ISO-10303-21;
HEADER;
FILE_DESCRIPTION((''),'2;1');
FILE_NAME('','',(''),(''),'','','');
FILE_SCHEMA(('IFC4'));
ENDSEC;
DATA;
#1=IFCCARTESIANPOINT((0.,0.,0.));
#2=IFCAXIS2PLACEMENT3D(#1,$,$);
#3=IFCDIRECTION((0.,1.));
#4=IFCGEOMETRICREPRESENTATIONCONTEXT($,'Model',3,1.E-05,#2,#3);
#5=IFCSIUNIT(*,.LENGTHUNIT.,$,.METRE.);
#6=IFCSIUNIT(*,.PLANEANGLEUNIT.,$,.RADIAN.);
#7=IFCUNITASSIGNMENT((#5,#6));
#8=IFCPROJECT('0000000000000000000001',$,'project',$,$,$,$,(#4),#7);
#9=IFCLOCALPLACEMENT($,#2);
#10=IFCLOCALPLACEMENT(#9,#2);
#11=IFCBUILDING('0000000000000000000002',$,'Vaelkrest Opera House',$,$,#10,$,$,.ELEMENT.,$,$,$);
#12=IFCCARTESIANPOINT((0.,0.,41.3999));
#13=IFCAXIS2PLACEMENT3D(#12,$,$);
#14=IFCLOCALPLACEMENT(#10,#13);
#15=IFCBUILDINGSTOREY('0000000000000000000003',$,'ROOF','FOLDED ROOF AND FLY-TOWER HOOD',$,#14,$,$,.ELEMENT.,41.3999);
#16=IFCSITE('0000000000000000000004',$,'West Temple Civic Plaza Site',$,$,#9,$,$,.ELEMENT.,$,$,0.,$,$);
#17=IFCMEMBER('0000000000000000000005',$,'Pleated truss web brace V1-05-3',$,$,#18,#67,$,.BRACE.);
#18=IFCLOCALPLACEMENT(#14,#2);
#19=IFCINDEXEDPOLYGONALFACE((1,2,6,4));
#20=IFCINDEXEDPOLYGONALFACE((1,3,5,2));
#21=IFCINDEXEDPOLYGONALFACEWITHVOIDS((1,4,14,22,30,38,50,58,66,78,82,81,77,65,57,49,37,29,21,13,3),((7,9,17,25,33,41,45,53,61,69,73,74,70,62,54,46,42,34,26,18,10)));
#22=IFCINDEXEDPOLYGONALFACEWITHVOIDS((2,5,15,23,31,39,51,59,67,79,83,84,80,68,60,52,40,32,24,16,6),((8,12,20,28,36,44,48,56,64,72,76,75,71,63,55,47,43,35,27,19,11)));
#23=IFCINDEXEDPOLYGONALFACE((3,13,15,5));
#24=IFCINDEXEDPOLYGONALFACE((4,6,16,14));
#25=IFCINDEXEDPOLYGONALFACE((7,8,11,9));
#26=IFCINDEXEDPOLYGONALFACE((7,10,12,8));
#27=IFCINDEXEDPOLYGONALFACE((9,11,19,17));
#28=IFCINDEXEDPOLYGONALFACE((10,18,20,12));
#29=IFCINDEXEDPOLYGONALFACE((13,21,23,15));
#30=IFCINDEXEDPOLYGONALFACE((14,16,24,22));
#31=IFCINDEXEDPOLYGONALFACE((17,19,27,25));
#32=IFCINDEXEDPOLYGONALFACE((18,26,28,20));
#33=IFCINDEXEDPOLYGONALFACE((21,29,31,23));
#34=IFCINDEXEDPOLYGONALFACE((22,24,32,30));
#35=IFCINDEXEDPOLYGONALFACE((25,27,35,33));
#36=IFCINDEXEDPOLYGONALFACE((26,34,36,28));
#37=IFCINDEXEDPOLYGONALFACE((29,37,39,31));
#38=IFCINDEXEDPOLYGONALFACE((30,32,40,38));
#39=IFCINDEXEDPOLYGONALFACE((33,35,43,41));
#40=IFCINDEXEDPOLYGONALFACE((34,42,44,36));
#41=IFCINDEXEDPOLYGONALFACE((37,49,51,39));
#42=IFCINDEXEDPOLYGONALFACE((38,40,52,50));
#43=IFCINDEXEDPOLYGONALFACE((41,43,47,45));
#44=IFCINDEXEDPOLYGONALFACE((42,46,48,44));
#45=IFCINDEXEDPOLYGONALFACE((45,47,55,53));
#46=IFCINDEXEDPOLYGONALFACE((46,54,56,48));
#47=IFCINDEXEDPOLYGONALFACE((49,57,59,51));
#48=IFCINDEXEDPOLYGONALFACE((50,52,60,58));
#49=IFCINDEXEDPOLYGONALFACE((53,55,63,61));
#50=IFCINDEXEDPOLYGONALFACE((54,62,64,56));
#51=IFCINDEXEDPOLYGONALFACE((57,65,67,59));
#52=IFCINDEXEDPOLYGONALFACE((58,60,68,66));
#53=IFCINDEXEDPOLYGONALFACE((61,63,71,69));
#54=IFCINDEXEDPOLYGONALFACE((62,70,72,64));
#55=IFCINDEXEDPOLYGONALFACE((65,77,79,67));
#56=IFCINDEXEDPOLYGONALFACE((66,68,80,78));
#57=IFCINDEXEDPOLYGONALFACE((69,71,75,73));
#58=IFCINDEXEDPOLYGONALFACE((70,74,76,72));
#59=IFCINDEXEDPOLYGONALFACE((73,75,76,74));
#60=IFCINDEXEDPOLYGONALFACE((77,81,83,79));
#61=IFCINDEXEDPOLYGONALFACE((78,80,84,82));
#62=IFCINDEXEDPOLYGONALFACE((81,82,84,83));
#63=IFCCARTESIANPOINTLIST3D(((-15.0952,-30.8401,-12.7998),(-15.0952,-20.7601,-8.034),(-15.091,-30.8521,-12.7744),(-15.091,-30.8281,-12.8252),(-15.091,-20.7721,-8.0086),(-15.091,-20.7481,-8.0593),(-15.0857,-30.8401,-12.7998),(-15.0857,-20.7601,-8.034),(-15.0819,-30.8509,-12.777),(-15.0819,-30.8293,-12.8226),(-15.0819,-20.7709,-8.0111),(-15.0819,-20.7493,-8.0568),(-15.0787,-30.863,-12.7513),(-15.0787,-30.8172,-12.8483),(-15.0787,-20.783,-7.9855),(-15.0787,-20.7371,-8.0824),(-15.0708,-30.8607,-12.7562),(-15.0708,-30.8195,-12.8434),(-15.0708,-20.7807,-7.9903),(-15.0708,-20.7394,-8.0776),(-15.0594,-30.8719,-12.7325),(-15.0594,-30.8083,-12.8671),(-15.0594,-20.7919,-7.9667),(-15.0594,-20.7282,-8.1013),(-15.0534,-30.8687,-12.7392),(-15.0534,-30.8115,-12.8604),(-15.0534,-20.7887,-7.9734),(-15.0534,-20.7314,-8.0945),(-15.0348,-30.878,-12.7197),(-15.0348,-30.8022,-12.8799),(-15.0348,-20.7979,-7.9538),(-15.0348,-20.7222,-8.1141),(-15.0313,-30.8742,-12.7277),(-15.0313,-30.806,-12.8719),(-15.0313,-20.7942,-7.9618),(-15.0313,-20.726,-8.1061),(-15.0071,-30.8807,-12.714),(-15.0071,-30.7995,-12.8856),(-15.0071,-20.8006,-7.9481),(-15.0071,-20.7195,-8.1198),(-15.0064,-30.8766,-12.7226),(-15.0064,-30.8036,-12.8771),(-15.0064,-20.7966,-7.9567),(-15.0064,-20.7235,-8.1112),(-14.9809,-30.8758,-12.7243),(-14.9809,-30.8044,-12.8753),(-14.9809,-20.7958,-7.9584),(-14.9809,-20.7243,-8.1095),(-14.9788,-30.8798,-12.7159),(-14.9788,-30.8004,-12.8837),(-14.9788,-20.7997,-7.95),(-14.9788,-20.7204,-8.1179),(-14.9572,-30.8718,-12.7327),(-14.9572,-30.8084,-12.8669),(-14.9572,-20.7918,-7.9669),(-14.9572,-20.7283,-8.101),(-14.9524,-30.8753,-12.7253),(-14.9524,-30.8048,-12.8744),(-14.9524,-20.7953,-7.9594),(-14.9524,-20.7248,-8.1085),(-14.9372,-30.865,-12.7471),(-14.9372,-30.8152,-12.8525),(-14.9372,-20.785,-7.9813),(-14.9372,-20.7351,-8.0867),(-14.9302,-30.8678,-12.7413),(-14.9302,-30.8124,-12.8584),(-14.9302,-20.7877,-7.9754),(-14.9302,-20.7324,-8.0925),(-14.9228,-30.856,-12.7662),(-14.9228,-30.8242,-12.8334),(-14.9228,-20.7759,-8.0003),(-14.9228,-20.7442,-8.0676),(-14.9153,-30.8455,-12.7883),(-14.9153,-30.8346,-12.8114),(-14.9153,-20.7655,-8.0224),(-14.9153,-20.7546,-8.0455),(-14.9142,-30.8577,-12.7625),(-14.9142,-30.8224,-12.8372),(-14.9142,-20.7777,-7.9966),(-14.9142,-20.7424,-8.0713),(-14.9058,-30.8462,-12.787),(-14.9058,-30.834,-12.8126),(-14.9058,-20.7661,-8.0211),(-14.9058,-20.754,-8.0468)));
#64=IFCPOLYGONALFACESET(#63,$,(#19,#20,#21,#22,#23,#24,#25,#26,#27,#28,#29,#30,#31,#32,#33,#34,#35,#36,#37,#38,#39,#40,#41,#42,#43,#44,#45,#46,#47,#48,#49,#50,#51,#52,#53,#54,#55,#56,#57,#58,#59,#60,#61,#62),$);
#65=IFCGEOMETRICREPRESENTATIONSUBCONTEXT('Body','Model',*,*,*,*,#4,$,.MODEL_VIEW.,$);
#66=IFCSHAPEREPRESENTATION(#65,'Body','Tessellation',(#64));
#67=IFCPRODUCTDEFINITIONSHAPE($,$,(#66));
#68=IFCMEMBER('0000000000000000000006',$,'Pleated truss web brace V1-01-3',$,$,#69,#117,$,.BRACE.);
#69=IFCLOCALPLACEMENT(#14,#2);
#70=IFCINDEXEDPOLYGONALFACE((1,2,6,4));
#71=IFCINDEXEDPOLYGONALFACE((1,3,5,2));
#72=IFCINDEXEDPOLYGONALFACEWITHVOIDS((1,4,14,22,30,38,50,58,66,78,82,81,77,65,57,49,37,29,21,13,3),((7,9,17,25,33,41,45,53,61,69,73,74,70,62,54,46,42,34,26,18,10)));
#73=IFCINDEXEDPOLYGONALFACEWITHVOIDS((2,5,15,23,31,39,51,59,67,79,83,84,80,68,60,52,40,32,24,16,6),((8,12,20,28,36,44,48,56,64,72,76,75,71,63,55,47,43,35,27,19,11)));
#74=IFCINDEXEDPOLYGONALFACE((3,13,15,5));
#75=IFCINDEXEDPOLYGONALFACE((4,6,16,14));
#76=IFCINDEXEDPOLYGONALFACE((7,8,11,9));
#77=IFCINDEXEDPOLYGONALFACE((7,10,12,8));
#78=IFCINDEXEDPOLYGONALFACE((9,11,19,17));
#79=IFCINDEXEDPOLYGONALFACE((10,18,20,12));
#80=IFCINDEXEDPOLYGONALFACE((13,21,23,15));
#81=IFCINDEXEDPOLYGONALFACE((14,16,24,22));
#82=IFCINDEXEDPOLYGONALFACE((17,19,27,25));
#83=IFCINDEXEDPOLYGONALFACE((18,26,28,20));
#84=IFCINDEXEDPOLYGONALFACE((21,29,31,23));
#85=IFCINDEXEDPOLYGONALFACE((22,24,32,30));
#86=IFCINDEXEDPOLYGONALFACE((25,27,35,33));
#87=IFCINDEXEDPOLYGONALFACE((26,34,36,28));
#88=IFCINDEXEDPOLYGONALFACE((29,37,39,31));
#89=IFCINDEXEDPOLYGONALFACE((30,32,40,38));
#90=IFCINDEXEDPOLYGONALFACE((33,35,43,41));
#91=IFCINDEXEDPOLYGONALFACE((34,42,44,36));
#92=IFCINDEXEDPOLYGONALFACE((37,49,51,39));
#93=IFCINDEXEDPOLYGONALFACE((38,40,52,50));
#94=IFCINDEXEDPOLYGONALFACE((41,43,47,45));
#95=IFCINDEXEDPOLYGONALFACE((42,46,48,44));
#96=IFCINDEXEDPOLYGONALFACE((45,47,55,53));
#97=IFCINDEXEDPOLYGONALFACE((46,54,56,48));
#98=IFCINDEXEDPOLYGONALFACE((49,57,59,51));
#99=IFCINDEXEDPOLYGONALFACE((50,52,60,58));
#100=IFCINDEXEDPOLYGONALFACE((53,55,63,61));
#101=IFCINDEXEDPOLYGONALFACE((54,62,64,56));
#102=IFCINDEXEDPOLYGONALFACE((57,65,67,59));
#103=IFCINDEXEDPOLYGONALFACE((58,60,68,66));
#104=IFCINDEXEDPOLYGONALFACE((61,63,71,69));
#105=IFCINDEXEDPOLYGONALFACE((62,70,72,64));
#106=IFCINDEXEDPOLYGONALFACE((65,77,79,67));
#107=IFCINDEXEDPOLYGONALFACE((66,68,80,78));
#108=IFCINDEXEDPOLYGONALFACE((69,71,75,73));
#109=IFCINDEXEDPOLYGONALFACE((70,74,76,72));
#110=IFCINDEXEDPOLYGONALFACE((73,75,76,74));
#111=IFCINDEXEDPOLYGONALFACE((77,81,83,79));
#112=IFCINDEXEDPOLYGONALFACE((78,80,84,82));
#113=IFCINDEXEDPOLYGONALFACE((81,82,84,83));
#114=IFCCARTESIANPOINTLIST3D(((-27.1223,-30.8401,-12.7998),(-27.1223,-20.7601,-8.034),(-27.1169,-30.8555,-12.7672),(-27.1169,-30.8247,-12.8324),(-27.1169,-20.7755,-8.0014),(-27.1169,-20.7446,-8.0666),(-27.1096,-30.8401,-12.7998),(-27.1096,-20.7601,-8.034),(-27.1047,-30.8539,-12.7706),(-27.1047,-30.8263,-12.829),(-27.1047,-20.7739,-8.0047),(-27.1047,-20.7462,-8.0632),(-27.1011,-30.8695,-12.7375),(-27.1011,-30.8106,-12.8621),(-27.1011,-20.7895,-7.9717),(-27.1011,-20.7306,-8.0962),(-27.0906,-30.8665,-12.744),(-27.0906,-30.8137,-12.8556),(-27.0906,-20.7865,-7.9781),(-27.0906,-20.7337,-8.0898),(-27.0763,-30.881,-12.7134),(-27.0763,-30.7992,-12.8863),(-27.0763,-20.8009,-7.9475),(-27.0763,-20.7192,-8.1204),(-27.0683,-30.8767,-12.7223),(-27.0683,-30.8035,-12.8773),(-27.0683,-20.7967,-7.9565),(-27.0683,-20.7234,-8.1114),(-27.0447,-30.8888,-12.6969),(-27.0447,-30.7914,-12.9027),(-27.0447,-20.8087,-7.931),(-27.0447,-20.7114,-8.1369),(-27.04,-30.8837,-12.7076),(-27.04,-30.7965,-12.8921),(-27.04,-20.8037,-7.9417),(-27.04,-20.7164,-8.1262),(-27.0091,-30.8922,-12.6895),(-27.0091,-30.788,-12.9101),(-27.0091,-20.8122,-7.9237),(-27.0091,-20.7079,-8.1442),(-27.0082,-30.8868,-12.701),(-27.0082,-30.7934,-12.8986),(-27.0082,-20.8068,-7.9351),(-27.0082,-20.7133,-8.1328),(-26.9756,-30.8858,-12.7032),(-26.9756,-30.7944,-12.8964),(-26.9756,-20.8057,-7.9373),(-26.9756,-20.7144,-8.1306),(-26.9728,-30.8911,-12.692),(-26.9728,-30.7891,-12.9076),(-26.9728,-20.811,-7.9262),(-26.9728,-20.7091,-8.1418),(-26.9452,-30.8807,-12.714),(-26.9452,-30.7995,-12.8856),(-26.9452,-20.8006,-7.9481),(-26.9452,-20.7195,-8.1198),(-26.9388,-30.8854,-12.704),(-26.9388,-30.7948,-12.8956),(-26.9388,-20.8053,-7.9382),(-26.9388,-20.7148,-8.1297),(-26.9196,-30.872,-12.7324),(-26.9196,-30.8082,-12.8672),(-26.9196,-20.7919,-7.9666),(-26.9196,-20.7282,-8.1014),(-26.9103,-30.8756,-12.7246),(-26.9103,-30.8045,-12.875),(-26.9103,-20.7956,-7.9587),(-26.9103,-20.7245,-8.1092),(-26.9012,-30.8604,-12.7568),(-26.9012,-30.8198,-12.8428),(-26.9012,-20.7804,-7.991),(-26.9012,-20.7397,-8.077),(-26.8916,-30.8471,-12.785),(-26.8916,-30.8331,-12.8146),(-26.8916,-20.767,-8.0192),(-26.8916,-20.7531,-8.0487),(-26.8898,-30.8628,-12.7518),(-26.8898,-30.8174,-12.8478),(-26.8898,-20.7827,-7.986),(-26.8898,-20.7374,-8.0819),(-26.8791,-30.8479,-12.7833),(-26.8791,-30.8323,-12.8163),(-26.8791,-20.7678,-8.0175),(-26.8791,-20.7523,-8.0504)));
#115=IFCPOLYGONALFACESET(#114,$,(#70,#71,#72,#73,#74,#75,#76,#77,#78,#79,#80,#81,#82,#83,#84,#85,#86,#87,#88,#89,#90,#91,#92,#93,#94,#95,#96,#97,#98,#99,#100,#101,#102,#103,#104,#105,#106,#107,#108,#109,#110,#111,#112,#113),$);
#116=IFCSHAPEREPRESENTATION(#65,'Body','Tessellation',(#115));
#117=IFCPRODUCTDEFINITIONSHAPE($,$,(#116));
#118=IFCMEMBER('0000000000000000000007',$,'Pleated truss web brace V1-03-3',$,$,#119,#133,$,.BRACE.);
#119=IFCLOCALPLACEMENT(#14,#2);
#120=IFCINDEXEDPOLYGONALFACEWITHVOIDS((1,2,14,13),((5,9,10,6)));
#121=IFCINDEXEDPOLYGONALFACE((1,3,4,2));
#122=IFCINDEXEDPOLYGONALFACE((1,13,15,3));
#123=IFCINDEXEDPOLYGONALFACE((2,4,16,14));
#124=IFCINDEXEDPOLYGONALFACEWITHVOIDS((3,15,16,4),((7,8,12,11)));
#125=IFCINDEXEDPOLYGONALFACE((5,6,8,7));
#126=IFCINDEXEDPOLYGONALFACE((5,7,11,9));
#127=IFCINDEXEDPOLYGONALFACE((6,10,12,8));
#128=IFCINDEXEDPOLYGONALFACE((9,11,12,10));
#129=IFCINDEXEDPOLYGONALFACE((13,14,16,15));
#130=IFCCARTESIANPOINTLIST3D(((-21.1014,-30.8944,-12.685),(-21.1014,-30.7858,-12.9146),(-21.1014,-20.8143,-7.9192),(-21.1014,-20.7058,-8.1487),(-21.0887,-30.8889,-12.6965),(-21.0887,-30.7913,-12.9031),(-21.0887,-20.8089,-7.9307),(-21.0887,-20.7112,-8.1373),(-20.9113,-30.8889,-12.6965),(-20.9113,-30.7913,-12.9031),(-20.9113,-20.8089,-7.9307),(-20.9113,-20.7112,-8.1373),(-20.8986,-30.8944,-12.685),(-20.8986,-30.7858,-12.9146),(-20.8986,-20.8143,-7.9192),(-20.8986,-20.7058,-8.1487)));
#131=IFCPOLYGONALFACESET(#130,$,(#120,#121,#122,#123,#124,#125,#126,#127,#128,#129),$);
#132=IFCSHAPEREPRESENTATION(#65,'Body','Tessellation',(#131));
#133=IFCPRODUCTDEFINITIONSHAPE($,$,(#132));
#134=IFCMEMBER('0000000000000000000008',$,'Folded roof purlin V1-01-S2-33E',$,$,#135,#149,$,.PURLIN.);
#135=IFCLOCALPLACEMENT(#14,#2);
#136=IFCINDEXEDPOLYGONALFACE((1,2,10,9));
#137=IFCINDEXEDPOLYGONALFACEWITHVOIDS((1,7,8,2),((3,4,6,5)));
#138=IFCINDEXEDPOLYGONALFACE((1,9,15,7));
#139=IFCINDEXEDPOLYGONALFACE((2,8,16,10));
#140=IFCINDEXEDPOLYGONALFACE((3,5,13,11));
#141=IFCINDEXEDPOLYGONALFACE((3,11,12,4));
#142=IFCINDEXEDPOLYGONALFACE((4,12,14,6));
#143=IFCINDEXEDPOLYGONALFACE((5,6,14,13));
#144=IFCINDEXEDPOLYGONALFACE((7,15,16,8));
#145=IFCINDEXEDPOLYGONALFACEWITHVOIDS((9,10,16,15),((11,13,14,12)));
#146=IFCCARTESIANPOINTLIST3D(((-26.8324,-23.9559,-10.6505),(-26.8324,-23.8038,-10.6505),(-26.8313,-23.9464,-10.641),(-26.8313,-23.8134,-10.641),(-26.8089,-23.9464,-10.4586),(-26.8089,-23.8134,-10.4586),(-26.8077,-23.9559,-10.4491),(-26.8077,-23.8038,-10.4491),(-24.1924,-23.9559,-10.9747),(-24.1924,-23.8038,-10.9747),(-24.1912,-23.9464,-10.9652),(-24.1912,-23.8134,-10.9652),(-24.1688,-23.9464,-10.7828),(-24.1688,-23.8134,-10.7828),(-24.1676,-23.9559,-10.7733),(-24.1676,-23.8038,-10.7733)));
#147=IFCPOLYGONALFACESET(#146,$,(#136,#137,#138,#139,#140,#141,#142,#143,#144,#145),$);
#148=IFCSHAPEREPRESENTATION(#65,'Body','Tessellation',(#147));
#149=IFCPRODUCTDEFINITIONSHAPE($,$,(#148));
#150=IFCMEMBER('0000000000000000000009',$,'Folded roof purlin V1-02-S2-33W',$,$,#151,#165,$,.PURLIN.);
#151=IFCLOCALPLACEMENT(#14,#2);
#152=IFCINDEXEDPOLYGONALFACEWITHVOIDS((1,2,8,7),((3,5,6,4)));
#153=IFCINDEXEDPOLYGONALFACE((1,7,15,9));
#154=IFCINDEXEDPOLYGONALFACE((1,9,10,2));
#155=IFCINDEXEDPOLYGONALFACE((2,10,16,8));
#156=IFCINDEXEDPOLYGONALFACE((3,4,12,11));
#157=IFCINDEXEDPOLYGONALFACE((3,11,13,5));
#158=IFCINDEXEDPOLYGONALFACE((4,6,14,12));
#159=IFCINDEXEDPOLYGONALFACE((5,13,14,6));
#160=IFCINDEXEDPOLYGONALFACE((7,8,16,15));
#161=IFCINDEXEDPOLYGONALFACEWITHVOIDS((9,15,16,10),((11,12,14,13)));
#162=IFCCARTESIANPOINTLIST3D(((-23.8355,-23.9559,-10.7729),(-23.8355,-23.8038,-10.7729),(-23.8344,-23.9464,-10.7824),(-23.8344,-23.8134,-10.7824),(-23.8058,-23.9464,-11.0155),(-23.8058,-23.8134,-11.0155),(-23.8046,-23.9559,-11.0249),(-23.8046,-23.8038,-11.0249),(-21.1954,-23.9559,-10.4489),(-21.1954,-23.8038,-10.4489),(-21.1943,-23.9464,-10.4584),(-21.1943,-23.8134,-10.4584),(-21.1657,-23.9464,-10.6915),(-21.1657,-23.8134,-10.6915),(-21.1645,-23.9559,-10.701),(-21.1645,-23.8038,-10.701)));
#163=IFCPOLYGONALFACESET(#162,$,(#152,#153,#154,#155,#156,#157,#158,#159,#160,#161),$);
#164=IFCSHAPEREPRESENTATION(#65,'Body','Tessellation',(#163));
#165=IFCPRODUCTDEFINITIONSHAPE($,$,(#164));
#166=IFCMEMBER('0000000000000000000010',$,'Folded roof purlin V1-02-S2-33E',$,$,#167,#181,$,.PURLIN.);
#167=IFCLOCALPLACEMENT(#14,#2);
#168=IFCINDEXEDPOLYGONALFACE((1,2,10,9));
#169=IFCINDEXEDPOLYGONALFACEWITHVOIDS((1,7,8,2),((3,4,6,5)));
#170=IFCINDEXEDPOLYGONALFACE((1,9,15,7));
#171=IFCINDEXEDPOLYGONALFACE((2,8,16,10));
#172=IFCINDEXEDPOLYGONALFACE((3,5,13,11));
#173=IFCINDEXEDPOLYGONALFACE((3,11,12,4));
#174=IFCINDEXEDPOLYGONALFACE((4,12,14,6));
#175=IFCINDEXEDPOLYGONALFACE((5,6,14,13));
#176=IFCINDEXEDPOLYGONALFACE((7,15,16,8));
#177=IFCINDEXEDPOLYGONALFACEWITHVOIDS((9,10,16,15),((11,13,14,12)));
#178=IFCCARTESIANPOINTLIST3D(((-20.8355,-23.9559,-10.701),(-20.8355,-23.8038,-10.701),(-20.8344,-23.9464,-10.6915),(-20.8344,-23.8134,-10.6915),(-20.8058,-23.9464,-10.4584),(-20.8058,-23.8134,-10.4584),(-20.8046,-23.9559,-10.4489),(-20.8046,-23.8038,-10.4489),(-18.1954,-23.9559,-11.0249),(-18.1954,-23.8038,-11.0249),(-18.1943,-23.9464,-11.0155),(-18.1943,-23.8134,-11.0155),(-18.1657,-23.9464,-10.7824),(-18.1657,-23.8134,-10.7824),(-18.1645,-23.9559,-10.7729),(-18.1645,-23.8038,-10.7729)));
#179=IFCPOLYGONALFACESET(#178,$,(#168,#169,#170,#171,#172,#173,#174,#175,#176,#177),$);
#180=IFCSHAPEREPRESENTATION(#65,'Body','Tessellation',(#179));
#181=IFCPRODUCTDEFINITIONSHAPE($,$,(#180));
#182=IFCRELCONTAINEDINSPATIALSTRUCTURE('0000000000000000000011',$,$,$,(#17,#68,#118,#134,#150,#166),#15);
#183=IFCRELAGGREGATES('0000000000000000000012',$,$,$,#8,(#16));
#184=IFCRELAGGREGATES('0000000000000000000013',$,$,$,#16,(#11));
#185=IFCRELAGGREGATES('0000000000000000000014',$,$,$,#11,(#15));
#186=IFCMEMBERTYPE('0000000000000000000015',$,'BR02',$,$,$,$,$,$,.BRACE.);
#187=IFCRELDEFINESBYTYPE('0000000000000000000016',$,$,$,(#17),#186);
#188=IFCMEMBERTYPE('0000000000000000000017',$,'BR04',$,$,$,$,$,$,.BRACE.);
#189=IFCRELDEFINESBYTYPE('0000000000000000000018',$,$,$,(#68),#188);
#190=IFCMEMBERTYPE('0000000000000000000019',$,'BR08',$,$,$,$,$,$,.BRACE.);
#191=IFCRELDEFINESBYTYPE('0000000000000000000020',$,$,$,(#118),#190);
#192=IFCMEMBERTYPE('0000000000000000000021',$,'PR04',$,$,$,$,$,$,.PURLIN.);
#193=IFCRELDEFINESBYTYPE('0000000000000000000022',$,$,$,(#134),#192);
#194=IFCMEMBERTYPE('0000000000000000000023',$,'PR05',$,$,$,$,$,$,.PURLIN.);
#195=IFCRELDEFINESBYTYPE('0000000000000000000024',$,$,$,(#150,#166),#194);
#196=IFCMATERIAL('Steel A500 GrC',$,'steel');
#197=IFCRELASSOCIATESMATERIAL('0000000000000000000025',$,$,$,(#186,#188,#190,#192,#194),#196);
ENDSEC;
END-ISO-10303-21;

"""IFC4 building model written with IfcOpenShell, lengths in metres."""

from ifc_helpers import new_model, si_unit, direction, frame, origin, origin_2d, place, context, subcontext, project, spatial, hollow_rectangle, hollow_circle, extrude, material, material_profile, profile_set, type_object, element, save


model = new_model("IFC4")

# Units and contexts
model_context = context("Model", 3, precision=1e-05, world=origin(), true_north=direction((0.0, 1.0)))
body_context = subcontext(model_context, "Body", "Model", "MODEL_VIEW")
ifc_project = project(units=[si_unit("LENGTHUNIT", "METRE"), si_unit("PLANEANGLEUNIT", "RADIAN")], contexts=[model_context])

# Site, building, storey
site_placement = place(None, origin())
site = spatial("IfcSite", under=ifc_project, at=site_placement, Name="West Temple Civic Plaza Site", CompositionType="ELEMENT", RefElevation=0.0)
building_placement = place(site_placement, origin())
building = spatial("IfcBuilding", under=site, at=building_placement, Name="Vaelkrest Opera House", CompositionType="ELEMENT")
storey_placement = place(building_placement, frame((0.0, 0.0, 41.3999)))
storey = spatial("IfcBuildingStorey", under=building, at=storey_placement, Name="ROOF", Description="FOLDED ROOF AND FLY-TOWER HOOD", CompositionType="ELEMENT", Elevation=41.3999)

# Members
ifc_material_1 = material(Name="Steel A500 GrC", Category="steel")
ifc_material_profile_1 = material_profile(ifc_material_1, hollow_circle(Radius=0.0952, WallThickness=0.0095, at=origin_2d()), Name="HSS190.5X9.5")
ifc_profile_set_1 = profile_set([ifc_material_profile_1], Name="Steel A500 GrC")
member_type_1 = type_object("IfcMemberType", Name="BR02", PredefinedType="BRACE", material=ifc_profile_set_1)
member_1_placement = place(storey_placement, frame((-15.0, -30.8401, -12.7998), z_axis=(0.0, 0.904047, 0.427434), x_axis=(-1.0, 0.0, 0.0)))
element("IfcMember", 1, at=member_1_placement, inside=storey, type_object=member_type_1, Name="Pleated truss web brace V1-05-3", PredefinedType="BRACE", context=body_context, shape_type="SweptSolid", body=[
    extrude(hollow_circle(Radius=0.0952, WallThickness=0.0095, at=origin_2d()), origin(), (0.0, 0.0, 1.0), 11.1499),
])
ifc_material_profile_2 = material_profile(ifc_material_1, hollow_circle(Radius=0.1223, WallThickness=0.0127, at=origin_2d()), Name="HSS244.5X12.7")
ifc_profile_set_2 = profile_set([ifc_material_profile_2], Name="Steel A500 GrC")
member_type_2 = type_object("IfcMemberType", Name="BR04", PredefinedType="BRACE", material=ifc_profile_set_2)
member_2_placement = place(storey_placement, frame((-27.0, -30.8401, -12.7998), z_axis=(0.0, 0.904047, 0.427434), x_axis=(-1.0, 0.0, 0.0)))
element("IfcMember", 2, at=member_2_placement, inside=storey, type_object=member_type_2, Name="Pleated truss web brace V1-01-3", PredefinedType="BRACE", context=body_context, shape_type="SweptSolid", body=[
    extrude(hollow_circle(Radius=0.1223, WallThickness=0.0127, at=origin_2d()), origin(), (0.0, 0.0, 1.0), 11.1499),
])
ifc_material_profile_3 = material_profile(ifc_material_1, hollow_rectangle(XDim=0.2029, YDim=0.2539, WallThickness=0.0127, at=origin_2d()), Name="HSS254X203X12.7")
ifc_profile_set_3 = profile_set([ifc_material_profile_3], Name="Steel A500 GrC")
member_type_3 = type_object("IfcMemberType", Name="BR08", PredefinedType="BRACE", material=ifc_profile_set_3)
member_3_placement = place(storey_placement, frame((-21.0, -30.8401, -12.7998), z_axis=(0.0, 0.904047, 0.427434), x_axis=(-1.0, 0.0, 0.0)))
element("IfcMember", 3, at=member_3_placement, inside=storey, type_object=member_type_3, Name="Pleated truss web brace V1-03-3", PredefinedType="BRACE", context=body_context, shape_type="SweptSolid", body=[
    extrude(hollow_rectangle(XDim=0.2029, YDim=0.2539, WallThickness=0.0127, at=origin_2d()), origin(), (0.0, 0.0, 1.0), 11.1499),
])
ifc_material_profile_4 = material_profile(ifc_material_1, hollow_rectangle(XDim=0.1521, YDim=0.2029, WallThickness=0.0095, at=origin_2d()), Name="HSS203X152X9.5")
ifc_profile_set_4 = profile_set([ifc_material_profile_4], Name="Steel A500 GrC")
member_type_4 = type_object("IfcMemberType", Name="PR04", PredefinedType="PURLIN", material=ifc_profile_set_4)
member_4_placement = place(storey_placement, frame((-26.8201, -23.8799, -10.5498), z_axis=(0.992544, 0.0, -0.121888), x_axis=(0.0, 1.0, 0.0)))
element("IfcMember", 4, at=member_4_placement, inside=storey, type_object=member_type_4, Name="Folded roof purlin V1-01-S2-33E", PredefinedType="PURLIN", context=body_context, shape_type="SweptSolid", body=[
    extrude(hollow_rectangle(XDim=0.1521, YDim=0.2029, WallThickness=0.0095, at=origin_2d()), origin(), (0.0, 0.0, 1.0), 2.6599),
])
ifc_material_profile_5 = material_profile(ifc_material_1, hollow_rectangle(XDim=0.1521, YDim=0.2539, WallThickness=0.0095, at=origin_2d()), Name="HSS254X152X9.5")
ifc_profile_set_5 = profile_set([ifc_material_profile_5], Name="Steel A500 GrC")
member_type_5 = type_object("IfcMemberType", Name="PR05", PredefinedType="PURLIN", material=ifc_profile_set_5)
for number, where, z_axis, x_axis, name in (
    (5, (-23.8201, -23.8799, -10.8989), (0.992555, 0.0, 0.121798), (0.0, 1.0, 0.0), "Folded roof purlin V1-02-S2-33W"),
    (6, (-20.8201, -23.8799, -10.575), (0.992555, 0.0, -0.121798), (0.0, 1.0, 0.0), "Folded roof purlin V1-02-S2-33E"),
):
    element("IfcMember", number, at=place(storey_placement, frame(where, z_axis=z_axis, x_axis=x_axis)), inside=storey, type_object=member_type_5, Name=name, PredefinedType="PURLIN", context=body_context, shape_type="SweptSolid", body=[
        extrude(hollow_rectangle(XDim=0.1521, YDim=0.2539, WallThickness=0.0095, at=origin_2d()), origin(), (0.0, 0.0, 1.0), 2.6599),
    ])

save(model, "model.ifc")
